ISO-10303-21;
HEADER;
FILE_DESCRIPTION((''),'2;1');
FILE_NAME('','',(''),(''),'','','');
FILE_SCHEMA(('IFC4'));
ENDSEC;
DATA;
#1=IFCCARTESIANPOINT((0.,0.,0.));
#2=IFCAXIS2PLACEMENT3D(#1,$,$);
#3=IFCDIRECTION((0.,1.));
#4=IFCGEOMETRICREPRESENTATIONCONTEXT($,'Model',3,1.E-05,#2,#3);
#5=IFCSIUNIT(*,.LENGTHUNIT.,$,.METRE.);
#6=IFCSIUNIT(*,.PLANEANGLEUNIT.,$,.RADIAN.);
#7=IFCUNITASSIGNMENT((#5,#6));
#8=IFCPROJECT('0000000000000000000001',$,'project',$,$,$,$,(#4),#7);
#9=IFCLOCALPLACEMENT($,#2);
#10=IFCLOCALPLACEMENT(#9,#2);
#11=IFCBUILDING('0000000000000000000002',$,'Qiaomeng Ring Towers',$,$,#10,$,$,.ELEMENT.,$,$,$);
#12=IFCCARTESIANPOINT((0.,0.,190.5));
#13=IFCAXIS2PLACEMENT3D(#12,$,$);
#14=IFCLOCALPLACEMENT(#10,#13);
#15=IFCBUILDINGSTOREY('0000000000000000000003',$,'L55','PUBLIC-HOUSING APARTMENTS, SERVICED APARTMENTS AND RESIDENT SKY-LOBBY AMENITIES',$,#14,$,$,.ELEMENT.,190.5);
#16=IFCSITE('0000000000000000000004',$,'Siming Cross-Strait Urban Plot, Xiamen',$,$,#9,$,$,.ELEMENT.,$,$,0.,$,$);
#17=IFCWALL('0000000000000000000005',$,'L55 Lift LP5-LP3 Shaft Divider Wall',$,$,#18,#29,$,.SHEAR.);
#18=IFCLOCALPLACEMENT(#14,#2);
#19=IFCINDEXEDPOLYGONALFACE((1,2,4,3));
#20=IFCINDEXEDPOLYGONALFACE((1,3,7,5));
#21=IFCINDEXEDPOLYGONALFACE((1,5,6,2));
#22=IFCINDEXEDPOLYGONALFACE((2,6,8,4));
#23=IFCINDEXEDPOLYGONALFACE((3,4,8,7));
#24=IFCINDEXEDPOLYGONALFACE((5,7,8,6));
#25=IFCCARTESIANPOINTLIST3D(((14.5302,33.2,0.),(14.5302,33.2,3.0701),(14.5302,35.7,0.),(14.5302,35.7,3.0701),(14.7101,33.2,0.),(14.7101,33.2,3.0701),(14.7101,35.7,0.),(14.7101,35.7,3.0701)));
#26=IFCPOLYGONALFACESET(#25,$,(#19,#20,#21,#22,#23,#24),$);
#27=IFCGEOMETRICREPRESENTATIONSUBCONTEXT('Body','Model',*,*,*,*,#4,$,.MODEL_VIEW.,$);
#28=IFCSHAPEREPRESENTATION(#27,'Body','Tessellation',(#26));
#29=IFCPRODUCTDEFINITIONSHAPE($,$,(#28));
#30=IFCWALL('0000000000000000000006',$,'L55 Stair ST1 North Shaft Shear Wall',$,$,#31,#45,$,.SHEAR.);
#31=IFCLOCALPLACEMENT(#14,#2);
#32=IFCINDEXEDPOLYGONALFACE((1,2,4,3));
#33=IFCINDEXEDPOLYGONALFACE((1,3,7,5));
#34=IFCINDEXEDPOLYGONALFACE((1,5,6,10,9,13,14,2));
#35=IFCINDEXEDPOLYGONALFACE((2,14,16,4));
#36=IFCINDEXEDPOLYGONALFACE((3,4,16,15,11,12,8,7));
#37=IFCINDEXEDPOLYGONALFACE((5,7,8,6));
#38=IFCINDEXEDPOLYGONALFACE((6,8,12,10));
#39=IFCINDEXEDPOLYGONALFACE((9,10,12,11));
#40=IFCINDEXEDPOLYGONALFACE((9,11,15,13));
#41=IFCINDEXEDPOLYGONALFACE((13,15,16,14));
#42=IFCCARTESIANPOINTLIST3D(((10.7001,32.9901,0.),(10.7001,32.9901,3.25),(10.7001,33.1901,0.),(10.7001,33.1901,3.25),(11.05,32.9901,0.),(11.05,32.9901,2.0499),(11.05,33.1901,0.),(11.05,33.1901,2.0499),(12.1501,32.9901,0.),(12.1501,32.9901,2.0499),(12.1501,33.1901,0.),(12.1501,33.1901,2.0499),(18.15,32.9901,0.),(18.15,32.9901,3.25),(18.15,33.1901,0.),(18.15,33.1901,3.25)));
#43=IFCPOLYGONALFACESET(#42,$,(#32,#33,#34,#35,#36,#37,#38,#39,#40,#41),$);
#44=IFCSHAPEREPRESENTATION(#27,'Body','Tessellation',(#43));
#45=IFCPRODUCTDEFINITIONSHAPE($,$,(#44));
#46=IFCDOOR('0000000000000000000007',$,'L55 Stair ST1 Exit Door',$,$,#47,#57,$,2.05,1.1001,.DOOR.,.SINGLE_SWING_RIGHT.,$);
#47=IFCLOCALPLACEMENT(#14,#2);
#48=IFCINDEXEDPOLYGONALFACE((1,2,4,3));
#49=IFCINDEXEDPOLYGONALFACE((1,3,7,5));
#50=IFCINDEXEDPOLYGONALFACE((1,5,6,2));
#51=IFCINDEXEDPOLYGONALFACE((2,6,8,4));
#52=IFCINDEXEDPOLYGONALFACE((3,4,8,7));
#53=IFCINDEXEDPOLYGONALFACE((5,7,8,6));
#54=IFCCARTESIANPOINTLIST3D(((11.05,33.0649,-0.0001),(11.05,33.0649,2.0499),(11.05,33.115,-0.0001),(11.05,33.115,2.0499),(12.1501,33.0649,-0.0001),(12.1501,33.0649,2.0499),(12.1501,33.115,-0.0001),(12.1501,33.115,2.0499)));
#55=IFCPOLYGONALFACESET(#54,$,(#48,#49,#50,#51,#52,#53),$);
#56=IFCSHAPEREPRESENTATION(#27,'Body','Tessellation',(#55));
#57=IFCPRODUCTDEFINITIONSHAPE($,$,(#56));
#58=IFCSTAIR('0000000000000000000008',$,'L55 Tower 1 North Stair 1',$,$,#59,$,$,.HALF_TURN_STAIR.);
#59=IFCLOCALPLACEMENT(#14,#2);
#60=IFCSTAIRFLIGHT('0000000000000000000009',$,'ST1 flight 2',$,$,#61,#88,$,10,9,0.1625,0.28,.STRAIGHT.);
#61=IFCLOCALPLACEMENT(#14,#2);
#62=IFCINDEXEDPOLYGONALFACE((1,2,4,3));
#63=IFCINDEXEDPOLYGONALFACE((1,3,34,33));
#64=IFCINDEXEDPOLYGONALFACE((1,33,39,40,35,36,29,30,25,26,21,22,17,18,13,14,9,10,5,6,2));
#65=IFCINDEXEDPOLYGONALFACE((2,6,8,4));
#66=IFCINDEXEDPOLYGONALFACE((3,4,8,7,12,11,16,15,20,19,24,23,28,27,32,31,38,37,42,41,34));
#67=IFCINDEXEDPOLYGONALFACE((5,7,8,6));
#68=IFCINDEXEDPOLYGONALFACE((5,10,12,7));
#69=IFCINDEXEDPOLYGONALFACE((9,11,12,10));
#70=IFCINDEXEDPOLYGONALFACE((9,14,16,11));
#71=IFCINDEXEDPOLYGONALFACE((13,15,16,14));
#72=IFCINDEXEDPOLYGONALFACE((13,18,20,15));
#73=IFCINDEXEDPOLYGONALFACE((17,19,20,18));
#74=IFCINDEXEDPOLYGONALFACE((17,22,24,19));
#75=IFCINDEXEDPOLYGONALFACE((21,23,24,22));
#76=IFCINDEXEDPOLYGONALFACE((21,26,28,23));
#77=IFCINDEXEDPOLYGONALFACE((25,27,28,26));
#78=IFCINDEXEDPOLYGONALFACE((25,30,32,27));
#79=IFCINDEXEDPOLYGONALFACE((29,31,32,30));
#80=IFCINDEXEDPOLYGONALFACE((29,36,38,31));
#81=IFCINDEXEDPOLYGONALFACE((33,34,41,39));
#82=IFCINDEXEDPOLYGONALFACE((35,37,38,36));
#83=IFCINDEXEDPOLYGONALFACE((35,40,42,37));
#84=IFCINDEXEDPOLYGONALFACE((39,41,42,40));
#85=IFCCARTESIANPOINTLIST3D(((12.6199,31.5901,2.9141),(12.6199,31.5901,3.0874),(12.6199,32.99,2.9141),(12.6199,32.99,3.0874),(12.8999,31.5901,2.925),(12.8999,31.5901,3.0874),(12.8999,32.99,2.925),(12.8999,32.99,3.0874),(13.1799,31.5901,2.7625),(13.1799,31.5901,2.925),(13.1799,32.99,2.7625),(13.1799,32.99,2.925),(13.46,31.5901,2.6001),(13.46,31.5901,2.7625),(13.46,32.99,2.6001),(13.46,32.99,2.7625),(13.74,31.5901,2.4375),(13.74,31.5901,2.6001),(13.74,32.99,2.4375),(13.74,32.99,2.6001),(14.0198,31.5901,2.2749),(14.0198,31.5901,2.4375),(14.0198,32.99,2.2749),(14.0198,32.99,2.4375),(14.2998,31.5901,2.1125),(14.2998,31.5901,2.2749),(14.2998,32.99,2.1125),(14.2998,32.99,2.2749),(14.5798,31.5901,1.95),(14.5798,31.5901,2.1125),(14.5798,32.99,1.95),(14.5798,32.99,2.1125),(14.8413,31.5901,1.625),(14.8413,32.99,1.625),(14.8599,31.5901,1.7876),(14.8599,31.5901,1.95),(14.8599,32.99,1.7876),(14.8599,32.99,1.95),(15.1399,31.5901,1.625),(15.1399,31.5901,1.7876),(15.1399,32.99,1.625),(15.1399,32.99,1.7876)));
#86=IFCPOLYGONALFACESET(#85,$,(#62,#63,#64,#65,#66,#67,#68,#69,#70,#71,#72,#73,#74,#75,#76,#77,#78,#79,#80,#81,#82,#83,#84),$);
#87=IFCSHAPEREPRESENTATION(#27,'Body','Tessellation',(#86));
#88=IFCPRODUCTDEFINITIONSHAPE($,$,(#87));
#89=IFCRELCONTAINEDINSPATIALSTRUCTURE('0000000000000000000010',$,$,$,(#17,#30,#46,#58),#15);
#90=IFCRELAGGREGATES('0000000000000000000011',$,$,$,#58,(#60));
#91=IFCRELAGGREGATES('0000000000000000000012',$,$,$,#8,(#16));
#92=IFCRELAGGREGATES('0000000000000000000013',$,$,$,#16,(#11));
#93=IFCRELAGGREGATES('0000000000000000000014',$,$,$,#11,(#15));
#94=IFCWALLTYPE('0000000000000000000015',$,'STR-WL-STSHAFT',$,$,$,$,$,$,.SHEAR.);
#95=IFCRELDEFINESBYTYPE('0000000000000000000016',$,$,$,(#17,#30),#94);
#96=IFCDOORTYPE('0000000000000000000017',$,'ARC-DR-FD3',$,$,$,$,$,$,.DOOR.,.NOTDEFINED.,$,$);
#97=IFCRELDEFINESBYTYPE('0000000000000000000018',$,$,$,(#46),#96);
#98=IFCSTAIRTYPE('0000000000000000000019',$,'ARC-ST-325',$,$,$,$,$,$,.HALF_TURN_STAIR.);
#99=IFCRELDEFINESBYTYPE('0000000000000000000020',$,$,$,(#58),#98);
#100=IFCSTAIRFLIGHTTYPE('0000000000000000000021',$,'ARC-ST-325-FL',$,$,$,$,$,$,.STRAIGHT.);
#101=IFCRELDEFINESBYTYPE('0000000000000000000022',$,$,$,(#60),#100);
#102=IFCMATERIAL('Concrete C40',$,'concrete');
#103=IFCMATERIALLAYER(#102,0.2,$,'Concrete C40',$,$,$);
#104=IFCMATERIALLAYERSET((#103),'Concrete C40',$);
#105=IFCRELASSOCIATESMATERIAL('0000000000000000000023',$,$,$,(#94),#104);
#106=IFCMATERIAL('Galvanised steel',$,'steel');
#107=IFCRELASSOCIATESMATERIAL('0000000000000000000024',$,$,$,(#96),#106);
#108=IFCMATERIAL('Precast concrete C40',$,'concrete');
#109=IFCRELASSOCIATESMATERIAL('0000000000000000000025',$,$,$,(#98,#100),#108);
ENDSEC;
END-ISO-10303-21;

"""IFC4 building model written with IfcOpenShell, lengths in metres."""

from ifc_helpers import new_model, si_unit, direction, frame, frame_2d, origin, place, context, subcontext, project, spatial, polyline, rectangle, outline, extrude, source, transform, mapped, material, layer, layer_set, type_object, element, fill, aggregate, save


model = new_model("IFC4")

# Units and contexts
model_context = context("Model", 3, precision=1e-05, world=origin(), true_north=direction((0.0, 1.0)))
body_context = subcontext(model_context, "Body", "Model", "MODEL_VIEW")
ifc_project = project(units=[si_unit("LENGTHUNIT", "METRE"), si_unit("PLANEANGLEUNIT", "RADIAN")], contexts=[model_context])

# Site, building, storey
site_placement = place(None, origin())
site = spatial("IfcSite", under=ifc_project, at=site_placement, Name="Siming Cross-Strait Urban Plot, Xiamen", CompositionType="ELEMENT", RefElevation=0.0)
building_placement = place(site_placement, origin())
building = spatial("IfcBuilding", under=site, at=building_placement, Name="Qiaomeng Ring Towers", CompositionType="ELEMENT")
storey_placement = place(building_placement, frame((0.0, 0.0, 190.5)))
storey = spatial("IfcBuildingStorey", under=building, at=storey_placement, Name="L55", Description="PUBLIC-HOUSING APARTMENTS, SERVICED APARTMENTS AND RESIDENT SKY-LOBBY AMENITIES", CompositionType="ELEMENT", Elevation=190.5)

# Wall
ifc_material_1 = material(Name="Concrete C40", Category="concrete")
ifc_layer_1 = layer(ifc_material_1, 0.2, Name="Concrete C40")
ifc_layer_set_1 = layer_set([ifc_layer_1], Name="Concrete C40")
wall_type_1 = type_object("IfcWallType", Name="STR-WL-STSHAFT", PredefinedType="SHEAR", material=ifc_layer_set_1)
wall_1_placement = place(storey_placement, frame((14.6201, 33.2, 0.0), z_axis=(0.0, 0.0, 1.0), x_axis=(0.0, 1.0, 0.0)))
element("IfcWall", 1, at=wall_1_placement, inside=storey, type_object=wall_type_1, Name="L55 Lift LP5-LP3 Shaft Divider Wall", PredefinedType="SHEAR", context=body_context, shape_type="SweptSolid", body=[
    extrude(rectangle(XDim=2.5, YDim=0.1799, at=frame_2d((1.25, 0.0))), origin(), (0.0, 0.0, 1.0), 3.0701),
])

# Wall, opening, door
wall_2_placement = place(storey_placement, frame((10.7, 33.0901, 0.0), z_axis=(0.0, 0.0, 1.0), x_axis=(1.0, 0.0, 0.0)))
wall_2 = element("IfcWall", 2, at=wall_2_placement, inside=storey, type_object=wall_type_1, Name="L55 Stair ST1 North Shaft Shear Wall", PredefinedType="SHEAR", context=body_context, shape_type="SweptSolid", body=[
    extrude(rectangle(XDim=7.45, YDim=0.2, at=frame_2d((3.7251, 0.0))), origin(), (0.0, 0.0, 1.0), 3.25),
])
opening_1_placement = place(wall_2_placement, frame((0.3501, 0.0, 0.0)))
opening_1 = element("IfcOpeningElement", 3, at=opening_1_placement, cuts=wall_2, PredefinedType="OPENING", context=body_context, shape_type="SweptSolid", body=[
    extrude(rectangle(XDim=1.1001, YDim=2.05, at=frame_2d((0.55, 1.0249))), frame((0.0, 0.1099, 0.0), z_axis=(0.0, -1.0, 0.0), x_axis=(1.0, 0.0, 0.0)), (0.0, 0.0, 1.0), 0.22),
])
ifc_material_2 = material(Name="Galvanised steel", Category="steel")
door_type_1 = type_object("IfcDoorType", Name="ARC-DR-FD3", OperationType="NOTDEFINED", PredefinedType="DOOR", material=ifc_material_2)
shared_shape_1 = source(origin(), body_context, "Body", "SweptSolid", [
    extrude(rectangle(XDim=1.1001, YDim=2.05, at=frame_2d((0.55, 1.0249))), frame((0.0, 0.0249, 0.0), z_axis=(0.0, -1.0, 0.0), x_axis=(1.0, 0.0, 0.0)), (0.0, 0.0, 1.0), 0.05),
])
door_1_placement = place(opening_1_placement, origin())
door_1 = element("IfcDoor", 4, at=door_1_placement, inside=storey, type_object=door_type_1, Name="L55 Stair ST1 Exit Door", OperationType="SINGLE_SWING_RIGHT", OverallHeight=2.05, OverallWidth=1.1001, PredefinedType="DOOR", context=body_context, shape_type="MappedRepresentation", body=[
    mapped(shared_shape_1, transform((0.0, 0.0, 0.0), x_axis=(1.0, 0.0, 0.0), y_axis=(0.0, 1.0, 0.0), z_axis=(0.0, 0.0, 1.0), scale=1.0)),
])
fill(opening_1, door_1)

# Stair, stair flight
ifc_material_3 = material(Name="Precast concrete C40", Category="concrete")
stair_type = type_object("IfcStairType", Name="ARC-ST-325", PredefinedType="HALF_TURN_STAIR", material=ifc_material_3)
stair_placement = place(storey_placement, origin())
stair = element("IfcStair", 5, at=stair_placement, inside=storey, type_object=stair_type, Name="L55 Tower 1 North Stair 1", PredefinedType="HALF_TURN_STAIR")
stair_flight_type = type_object("IfcStairFlightType", Name="ARC-ST-325-FL", PredefinedType="STRAIGHT", material=ifc_material_3)
shared_shape_2 = source(origin(), body_context, "Body", "SweptSolid", [
    extrude(outline(polyline([(0.0, 0.0), (0.0, 0.1626), (0.28, 0.1626), (0.28, 0.325), (0.5601, 0.325), (0.5601, 0.4875), (0.8401, 0.4875), (0.8401, 0.6499), (1.1201, 0.6499), (1.1201, 0.8125), (1.3999, 0.8125), (1.3999, 0.9751), (1.6799, 0.9751), (1.6799, 1.1375), (1.96, 1.1375), (1.96, 1.3), (2.24, 1.3), (2.24, 1.4624), (2.52, 1.4624), (2.52, 1.625), (2.52, 1.2891), (0.2986, 0.0), (0.0, 0.0)])), frame((0.0, 0.7, 0.0), z_axis=(0.0, -1.0, 0.0), x_axis=(1.0, 0.0, 0.0)), (0.0, 0.0, 1.0), 1.3999),
])
stair_flight_placement = place(storey_placement, frame((15.1399, 32.29, 1.625), z_axis=(0.0, 0.0, 1.0), x_axis=(-1.0, 0.0, 0.0)))
stair_flight = element("IfcStairFlight", 6, at=stair_flight_placement, type_object=stair_flight_type, Name="ST1 flight 2", NumberOfRisers=10, NumberOfTreads=9, PredefinedType="STRAIGHT", RiserHeight=0.1625, TreadLength=0.28, context=body_context, shape_type="MappedRepresentation", body=[
    mapped(shared_shape_2, transform((0.0, 0.0, 0.0), x_axis=(1.0, 0.0, 0.0), y_axis=(0.0, 1.0, 0.0), z_axis=(0.0, 0.0, 1.0), scale=1.0)),
])
aggregate(stair, [stair_flight])

save(model, "model.ifc")
